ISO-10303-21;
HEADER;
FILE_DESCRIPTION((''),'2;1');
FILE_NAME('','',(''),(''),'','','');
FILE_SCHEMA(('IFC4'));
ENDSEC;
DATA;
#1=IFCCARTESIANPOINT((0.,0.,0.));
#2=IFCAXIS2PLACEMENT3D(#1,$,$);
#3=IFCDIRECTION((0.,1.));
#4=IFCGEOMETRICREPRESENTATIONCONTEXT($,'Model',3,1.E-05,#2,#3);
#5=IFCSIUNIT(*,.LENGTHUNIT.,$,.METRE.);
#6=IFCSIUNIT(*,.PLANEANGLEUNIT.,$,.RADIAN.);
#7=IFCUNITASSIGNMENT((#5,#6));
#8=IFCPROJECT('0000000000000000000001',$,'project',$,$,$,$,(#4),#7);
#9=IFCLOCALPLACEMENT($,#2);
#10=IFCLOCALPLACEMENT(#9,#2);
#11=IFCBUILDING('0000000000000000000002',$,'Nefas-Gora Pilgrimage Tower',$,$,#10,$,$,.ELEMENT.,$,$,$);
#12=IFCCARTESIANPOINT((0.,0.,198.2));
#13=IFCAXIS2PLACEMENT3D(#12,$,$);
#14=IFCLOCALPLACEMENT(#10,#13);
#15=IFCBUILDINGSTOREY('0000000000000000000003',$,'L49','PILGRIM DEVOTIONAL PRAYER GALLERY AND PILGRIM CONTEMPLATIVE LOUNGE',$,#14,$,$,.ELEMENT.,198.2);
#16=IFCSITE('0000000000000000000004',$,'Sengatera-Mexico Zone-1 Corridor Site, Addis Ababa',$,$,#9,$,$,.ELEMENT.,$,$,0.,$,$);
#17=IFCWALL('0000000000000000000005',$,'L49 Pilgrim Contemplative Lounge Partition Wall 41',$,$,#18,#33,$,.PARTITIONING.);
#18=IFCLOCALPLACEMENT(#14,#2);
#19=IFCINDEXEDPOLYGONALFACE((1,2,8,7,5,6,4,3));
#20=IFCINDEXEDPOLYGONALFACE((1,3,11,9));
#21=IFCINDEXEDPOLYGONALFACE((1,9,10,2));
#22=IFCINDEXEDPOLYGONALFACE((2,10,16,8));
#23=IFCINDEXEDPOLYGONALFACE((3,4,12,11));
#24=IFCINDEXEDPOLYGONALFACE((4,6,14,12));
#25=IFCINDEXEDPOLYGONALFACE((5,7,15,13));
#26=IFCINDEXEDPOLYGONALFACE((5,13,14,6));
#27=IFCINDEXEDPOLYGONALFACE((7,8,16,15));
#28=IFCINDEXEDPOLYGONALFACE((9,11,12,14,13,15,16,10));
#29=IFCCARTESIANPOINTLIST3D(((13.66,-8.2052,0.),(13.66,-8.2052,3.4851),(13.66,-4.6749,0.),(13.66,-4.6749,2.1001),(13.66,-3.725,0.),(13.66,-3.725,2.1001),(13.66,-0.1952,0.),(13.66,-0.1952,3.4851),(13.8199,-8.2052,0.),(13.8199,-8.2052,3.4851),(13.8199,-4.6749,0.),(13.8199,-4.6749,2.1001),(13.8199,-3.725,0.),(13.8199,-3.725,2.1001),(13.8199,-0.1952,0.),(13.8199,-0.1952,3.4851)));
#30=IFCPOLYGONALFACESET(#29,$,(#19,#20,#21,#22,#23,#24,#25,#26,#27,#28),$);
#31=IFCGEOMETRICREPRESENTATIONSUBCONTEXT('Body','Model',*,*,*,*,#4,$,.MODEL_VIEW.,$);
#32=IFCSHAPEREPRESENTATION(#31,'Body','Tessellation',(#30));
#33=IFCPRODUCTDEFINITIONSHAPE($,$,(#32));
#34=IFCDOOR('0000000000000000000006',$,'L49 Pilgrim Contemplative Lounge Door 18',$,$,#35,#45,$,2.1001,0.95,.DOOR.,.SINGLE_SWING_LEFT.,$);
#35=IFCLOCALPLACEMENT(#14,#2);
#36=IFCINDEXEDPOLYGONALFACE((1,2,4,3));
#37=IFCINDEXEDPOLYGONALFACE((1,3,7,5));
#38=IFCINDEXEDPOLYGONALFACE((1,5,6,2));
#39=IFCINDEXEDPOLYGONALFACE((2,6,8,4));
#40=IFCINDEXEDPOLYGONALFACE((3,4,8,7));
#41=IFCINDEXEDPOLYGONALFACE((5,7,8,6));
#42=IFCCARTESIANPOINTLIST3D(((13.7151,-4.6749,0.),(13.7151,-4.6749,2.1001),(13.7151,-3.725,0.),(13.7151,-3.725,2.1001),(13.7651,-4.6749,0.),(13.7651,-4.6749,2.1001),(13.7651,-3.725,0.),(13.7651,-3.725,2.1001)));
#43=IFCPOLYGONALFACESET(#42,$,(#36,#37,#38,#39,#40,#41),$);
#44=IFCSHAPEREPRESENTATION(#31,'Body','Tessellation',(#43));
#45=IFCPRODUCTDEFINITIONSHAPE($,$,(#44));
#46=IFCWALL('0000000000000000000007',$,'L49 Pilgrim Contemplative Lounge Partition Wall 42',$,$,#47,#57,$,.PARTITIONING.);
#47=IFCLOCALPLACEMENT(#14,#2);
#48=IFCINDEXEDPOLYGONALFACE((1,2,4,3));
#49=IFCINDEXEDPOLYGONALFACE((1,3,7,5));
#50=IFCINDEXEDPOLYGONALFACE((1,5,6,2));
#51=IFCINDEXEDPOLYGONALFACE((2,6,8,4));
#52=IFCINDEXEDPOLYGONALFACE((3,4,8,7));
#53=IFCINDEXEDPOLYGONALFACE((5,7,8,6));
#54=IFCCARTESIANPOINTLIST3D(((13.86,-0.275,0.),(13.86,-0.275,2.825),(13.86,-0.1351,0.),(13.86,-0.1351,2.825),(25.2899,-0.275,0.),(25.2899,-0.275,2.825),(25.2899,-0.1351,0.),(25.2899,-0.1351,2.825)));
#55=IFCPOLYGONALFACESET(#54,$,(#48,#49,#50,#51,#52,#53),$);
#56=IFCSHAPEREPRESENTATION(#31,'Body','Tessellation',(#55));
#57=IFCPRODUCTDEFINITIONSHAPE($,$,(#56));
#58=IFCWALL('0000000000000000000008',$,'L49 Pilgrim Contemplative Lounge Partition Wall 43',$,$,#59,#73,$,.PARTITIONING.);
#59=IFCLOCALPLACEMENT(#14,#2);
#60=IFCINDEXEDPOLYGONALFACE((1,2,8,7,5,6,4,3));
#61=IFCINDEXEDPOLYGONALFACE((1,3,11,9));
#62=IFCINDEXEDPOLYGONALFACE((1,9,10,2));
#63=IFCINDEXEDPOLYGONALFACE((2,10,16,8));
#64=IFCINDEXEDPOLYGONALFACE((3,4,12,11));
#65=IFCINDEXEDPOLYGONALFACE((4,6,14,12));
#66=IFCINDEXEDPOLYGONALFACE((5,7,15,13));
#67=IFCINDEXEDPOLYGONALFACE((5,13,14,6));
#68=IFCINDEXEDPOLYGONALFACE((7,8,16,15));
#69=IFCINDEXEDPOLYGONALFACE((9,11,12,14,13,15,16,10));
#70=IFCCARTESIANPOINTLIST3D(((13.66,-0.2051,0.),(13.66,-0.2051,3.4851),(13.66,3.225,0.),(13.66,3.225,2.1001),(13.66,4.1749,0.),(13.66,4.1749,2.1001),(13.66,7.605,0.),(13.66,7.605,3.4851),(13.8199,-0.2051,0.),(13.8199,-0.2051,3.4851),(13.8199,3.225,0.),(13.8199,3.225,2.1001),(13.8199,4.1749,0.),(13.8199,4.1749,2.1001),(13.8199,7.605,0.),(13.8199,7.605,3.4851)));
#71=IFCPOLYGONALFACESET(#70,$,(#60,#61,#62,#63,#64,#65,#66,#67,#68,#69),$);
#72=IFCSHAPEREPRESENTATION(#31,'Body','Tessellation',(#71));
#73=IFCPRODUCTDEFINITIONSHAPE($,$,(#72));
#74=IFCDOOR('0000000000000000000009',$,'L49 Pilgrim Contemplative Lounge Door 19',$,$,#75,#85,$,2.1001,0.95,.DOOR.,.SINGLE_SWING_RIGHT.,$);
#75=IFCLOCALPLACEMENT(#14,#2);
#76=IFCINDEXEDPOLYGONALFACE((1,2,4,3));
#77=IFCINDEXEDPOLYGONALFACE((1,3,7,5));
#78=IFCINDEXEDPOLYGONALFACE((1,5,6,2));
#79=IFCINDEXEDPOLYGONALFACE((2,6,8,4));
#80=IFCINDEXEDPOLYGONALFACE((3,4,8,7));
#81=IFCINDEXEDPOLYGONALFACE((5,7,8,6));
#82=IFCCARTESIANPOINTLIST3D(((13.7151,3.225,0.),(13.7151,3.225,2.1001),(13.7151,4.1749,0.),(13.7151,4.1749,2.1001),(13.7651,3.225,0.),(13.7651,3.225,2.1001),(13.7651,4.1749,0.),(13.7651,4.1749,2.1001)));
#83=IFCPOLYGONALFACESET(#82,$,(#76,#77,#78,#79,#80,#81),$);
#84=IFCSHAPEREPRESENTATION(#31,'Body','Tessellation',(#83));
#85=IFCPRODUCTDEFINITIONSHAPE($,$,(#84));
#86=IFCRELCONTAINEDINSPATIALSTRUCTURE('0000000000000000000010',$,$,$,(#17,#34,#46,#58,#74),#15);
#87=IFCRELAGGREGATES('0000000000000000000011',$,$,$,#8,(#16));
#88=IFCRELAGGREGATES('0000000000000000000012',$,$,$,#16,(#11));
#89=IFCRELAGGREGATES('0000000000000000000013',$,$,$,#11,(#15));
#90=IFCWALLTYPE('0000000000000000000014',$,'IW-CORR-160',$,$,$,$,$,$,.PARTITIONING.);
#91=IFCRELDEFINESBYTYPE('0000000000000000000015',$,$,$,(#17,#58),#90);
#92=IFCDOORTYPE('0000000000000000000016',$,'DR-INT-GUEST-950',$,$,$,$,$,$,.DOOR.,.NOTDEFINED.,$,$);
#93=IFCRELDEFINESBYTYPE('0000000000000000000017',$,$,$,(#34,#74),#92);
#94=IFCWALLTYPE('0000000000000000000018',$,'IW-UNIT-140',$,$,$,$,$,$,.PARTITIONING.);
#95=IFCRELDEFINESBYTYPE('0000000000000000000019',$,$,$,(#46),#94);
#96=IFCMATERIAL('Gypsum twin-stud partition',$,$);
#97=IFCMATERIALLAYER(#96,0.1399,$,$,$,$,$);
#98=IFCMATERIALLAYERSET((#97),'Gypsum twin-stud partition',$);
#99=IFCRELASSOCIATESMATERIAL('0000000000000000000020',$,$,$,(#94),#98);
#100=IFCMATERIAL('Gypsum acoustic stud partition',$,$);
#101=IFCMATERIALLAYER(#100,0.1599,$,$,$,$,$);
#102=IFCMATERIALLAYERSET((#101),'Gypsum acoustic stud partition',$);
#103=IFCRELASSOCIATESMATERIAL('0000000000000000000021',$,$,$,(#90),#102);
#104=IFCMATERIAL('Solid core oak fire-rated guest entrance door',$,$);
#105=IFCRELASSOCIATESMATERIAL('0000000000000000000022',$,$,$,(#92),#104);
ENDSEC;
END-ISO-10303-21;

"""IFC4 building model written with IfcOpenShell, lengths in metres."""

from ifc_helpers import new_model, si_unit, direction, frame, frame_2d, origin, place, context, subcontext, project, spatial, rectangle, extrude, source, transform, mapped, material, layer, layer_set, type_object, element, fill, save


model = new_model("IFC4")

# Units and contexts
model_context = context("Model", 3, precision=1e-05, world=origin(), true_north=direction((0.0, 1.0)))
body_context = subcontext(model_context, "Body", "Model", "MODEL_VIEW")
ifc_project = project(units=[si_unit("LENGTHUNIT", "METRE"), si_unit("PLANEANGLEUNIT", "RADIAN")], contexts=[model_context])

# Site, building, storey
site_placement = place(None, origin())
site = spatial("IfcSite", under=ifc_project, at=site_placement, Name="Sengatera-Mexico Zone-1 Corridor Site, Addis Ababa", CompositionType="ELEMENT", RefElevation=0.0)
building_placement = place(site_placement, origin())
building = spatial("IfcBuilding", under=site, at=building_placement, Name="Nefas-Gora Pilgrimage Tower", CompositionType="ELEMENT")
storey_placement = place(building_placement, frame((0.0, 0.0, 198.2)))
storey = spatial("IfcBuildingStorey", under=building, at=storey_placement, Name="L49", Description="PILGRIM DEVOTIONAL PRAYER GALLERY AND PILGRIM CONTEMPLATIVE LOUNGE", CompositionType="ELEMENT", Elevation=198.2)

# Shared definitions
ifc_material_1 = material(Name="Gypsum twin-stud partition")
ifc_layer_1 = layer(ifc_material_1, 0.1399)
ifc_layer_set_1 = layer_set([ifc_layer_1], Name="Gypsum twin-stud partition")
wall_type_1 = type_object("IfcWallType", Name="IW-UNIT-140", PredefinedType="PARTITIONING", material=ifc_layer_set_1)

# Wall, opening, door
ifc_material_2 = material(Name="Gypsum acoustic stud partition")
ifc_layer_2 = layer(ifc_material_2, 0.1599)
ifc_layer_set_2 = layer_set([ifc_layer_2], Name="Gypsum acoustic stud partition")
wall_type_2 = type_object("IfcWallType", Name="IW-CORR-160", PredefinedType="PARTITIONING", material=ifc_layer_set_2)
shared_shape_1 = source(origin(), body_context, "Body", "SweptSolid", [
    extrude(rectangle(XDim=8.01, YDim=0.1599, at=frame_2d((4.0049, 0.0))), origin(), (0.0, 0.0, 1.0), 3.4851),
])
wall_1_placement = place(storey_placement, frame((13.74, -8.2051, 0.0), z_axis=(0.0, 0.0, 1.0), x_axis=(0.0, 1.0, 0.0)))
wall_1 = element("IfcWall", 1, at=wall_1_placement, inside=storey, type_object=wall_type_2, Name="L49 Pilgrim Contemplative Lounge Partition Wall 41", PredefinedType="PARTITIONING", context=body_context, shape_type="MappedRepresentation", body=[
    mapped(shared_shape_1, transform((0.0, 0.0, 0.0), x_axis=(1.0, 0.0, 0.0), y_axis=(0.0, 1.0, 0.0), z_axis=(0.0, 0.0, 1.0), scale=1.0)),
])
opening_1_placement = place(wall_1_placement, frame((3.53, 0.0, 0.0)))
opening_1 = element("IfcOpeningElement", 2, at=opening_1_placement, cuts=wall_1, PredefinedType="OPENING", context=body_context, shape_type="SweptSolid", body=[
    extrude(rectangle(XDim=0.95, YDim=2.1001, at=frame_2d((0.4751, 1.05))), frame((0.0, 0.0898, 0.0), z_axis=(0.0, -1.0, 0.0), x_axis=(1.0, 0.0, 0.0)), (0.0, 0.0, 1.0), 0.1799),
])
ifc_material_3 = material(Name="Solid core oak fire-rated guest entrance door")
door_type_1 = type_object("IfcDoorType", Name="DR-INT-GUEST-950", OperationType="NOTDEFINED", PredefinedType="DOOR", material=ifc_material_3)
shared_shape_2 = source(origin(), body_context, "Body", "SweptSolid", [
    extrude(rectangle(XDim=0.95, YDim=2.1001, at=frame_2d((0.4751, 1.05))), frame((0.0, 0.0249, 0.0), z_axis=(0.0, -1.0, 0.0), x_axis=(1.0, 0.0, 0.0)), (0.0, 0.0, 1.0), 0.05),
])
door_1_placement = place(opening_1_placement, origin())
door_1 = element("IfcDoor", 3, at=door_1_placement, inside=storey, type_object=door_type_1, Name="L49 Pilgrim Contemplative Lounge Door 18", OperationType="SINGLE_SWING_LEFT", OverallHeight=2.1001, OverallWidth=0.95, PredefinedType="DOOR", context=body_context, shape_type="MappedRepresentation", body=[
    mapped(shared_shape_2, transform((0.0, 0.0, 0.0), x_axis=(1.0, 0.0, 0.0), y_axis=(0.0, 1.0, 0.0), z_axis=(0.0, 0.0, 1.0), scale=1.0)),
])
fill(opening_1, door_1)

# Wall
shared_shape_3 = source(origin(), body_context, "Body", "SweptSolid", [
    extrude(rectangle(XDim=11.4299, YDim=0.1399, at=frame_2d((5.7148, 0.0))), origin(), (0.0, 0.0, 1.0), 2.825),
])
wall_2_placement = place(storey_placement, frame((13.8601, -0.2051, 0.0), z_axis=(0.0, 0.0, 1.0), x_axis=(1.0, 0.0, 0.0)))
element("IfcWall", 4, at=wall_2_placement, inside=storey, type_object=wall_type_1, Name="L49 Pilgrim Contemplative Lounge Partition Wall 42", PredefinedType="PARTITIONING", context=body_context, shape_type="MappedRepresentation", body=[
    mapped(shared_shape_3, transform((0.0, 0.0, 0.0), x_axis=(1.0, 0.0, 0.0), y_axis=(0.0, 1.0, 0.0), z_axis=(0.0, 0.0, 1.0), scale=1.0)),
])

# Wall, opening, door
shared_shape_4 = source(origin(), body_context, "Body", "SweptSolid", [
    extrude(rectangle(XDim=7.8101, YDim=0.1599, at=frame_2d((3.905, 0.0))), origin(), (0.0, 0.0, 1.0), 3.4851),
])
wall_3_placement = place(storey_placement, frame((13.74, -0.2051, 0.0), z_axis=(0.0, 0.0, 1.0), x_axis=(0.0, 1.0, 0.0)))
wall_3 = element("IfcWall", 5, at=wall_3_placement, inside=storey, type_object=wall_type_2, Name="L49 Pilgrim Contemplative Lounge Partition Wall 43", PredefinedType="PARTITIONING", context=body_context, shape_type="MappedRepresentation", body=[
    mapped(shared_shape_4, transform((0.0, 0.0, 0.0), x_axis=(1.0, 0.0, 0.0), y_axis=(0.0, 1.0, 0.0), z_axis=(0.0, 0.0, 1.0), scale=1.0)),
])
opening_2_placement = place(wall_3_placement, frame((3.4299, 0.0, 0.0)))
opening_2 = element("IfcOpeningElement", 6, at=opening_2_placement, cuts=wall_3, PredefinedType="OPENING", context=body_context, shape_type="SweptSolid", body=[
    extrude(rectangle(XDim=0.95, YDim=2.1001, at=frame_2d((0.4751, 1.05))), frame((0.0, 0.0898, 0.0), z_axis=(0.0, -1.0, 0.0), x_axis=(1.0, 0.0, 0.0)), (0.0, 0.0, 1.0), 0.1799),
])
door_2_placement = place(opening_2_placement, origin())
door_2 = element("IfcDoor", 7, at=door_2_placement, inside=storey, type_object=door_type_1, Name="L49 Pilgrim Contemplative Lounge Door 19", OperationType="SINGLE_SWING_RIGHT", OverallHeight=2.1001, OverallWidth=0.95, PredefinedType="DOOR", context=body_context, shape_type="MappedRepresentation", body=[
    mapped(shared_shape_2, transform((0.0, 0.0, 0.0), x_axis=(1.0, 0.0, 0.0), y_axis=(0.0, 1.0, 0.0), z_axis=(0.0, 0.0, 1.0), scale=1.0)),
])
fill(opening_2, door_2)

save(model, "model.ifc")
